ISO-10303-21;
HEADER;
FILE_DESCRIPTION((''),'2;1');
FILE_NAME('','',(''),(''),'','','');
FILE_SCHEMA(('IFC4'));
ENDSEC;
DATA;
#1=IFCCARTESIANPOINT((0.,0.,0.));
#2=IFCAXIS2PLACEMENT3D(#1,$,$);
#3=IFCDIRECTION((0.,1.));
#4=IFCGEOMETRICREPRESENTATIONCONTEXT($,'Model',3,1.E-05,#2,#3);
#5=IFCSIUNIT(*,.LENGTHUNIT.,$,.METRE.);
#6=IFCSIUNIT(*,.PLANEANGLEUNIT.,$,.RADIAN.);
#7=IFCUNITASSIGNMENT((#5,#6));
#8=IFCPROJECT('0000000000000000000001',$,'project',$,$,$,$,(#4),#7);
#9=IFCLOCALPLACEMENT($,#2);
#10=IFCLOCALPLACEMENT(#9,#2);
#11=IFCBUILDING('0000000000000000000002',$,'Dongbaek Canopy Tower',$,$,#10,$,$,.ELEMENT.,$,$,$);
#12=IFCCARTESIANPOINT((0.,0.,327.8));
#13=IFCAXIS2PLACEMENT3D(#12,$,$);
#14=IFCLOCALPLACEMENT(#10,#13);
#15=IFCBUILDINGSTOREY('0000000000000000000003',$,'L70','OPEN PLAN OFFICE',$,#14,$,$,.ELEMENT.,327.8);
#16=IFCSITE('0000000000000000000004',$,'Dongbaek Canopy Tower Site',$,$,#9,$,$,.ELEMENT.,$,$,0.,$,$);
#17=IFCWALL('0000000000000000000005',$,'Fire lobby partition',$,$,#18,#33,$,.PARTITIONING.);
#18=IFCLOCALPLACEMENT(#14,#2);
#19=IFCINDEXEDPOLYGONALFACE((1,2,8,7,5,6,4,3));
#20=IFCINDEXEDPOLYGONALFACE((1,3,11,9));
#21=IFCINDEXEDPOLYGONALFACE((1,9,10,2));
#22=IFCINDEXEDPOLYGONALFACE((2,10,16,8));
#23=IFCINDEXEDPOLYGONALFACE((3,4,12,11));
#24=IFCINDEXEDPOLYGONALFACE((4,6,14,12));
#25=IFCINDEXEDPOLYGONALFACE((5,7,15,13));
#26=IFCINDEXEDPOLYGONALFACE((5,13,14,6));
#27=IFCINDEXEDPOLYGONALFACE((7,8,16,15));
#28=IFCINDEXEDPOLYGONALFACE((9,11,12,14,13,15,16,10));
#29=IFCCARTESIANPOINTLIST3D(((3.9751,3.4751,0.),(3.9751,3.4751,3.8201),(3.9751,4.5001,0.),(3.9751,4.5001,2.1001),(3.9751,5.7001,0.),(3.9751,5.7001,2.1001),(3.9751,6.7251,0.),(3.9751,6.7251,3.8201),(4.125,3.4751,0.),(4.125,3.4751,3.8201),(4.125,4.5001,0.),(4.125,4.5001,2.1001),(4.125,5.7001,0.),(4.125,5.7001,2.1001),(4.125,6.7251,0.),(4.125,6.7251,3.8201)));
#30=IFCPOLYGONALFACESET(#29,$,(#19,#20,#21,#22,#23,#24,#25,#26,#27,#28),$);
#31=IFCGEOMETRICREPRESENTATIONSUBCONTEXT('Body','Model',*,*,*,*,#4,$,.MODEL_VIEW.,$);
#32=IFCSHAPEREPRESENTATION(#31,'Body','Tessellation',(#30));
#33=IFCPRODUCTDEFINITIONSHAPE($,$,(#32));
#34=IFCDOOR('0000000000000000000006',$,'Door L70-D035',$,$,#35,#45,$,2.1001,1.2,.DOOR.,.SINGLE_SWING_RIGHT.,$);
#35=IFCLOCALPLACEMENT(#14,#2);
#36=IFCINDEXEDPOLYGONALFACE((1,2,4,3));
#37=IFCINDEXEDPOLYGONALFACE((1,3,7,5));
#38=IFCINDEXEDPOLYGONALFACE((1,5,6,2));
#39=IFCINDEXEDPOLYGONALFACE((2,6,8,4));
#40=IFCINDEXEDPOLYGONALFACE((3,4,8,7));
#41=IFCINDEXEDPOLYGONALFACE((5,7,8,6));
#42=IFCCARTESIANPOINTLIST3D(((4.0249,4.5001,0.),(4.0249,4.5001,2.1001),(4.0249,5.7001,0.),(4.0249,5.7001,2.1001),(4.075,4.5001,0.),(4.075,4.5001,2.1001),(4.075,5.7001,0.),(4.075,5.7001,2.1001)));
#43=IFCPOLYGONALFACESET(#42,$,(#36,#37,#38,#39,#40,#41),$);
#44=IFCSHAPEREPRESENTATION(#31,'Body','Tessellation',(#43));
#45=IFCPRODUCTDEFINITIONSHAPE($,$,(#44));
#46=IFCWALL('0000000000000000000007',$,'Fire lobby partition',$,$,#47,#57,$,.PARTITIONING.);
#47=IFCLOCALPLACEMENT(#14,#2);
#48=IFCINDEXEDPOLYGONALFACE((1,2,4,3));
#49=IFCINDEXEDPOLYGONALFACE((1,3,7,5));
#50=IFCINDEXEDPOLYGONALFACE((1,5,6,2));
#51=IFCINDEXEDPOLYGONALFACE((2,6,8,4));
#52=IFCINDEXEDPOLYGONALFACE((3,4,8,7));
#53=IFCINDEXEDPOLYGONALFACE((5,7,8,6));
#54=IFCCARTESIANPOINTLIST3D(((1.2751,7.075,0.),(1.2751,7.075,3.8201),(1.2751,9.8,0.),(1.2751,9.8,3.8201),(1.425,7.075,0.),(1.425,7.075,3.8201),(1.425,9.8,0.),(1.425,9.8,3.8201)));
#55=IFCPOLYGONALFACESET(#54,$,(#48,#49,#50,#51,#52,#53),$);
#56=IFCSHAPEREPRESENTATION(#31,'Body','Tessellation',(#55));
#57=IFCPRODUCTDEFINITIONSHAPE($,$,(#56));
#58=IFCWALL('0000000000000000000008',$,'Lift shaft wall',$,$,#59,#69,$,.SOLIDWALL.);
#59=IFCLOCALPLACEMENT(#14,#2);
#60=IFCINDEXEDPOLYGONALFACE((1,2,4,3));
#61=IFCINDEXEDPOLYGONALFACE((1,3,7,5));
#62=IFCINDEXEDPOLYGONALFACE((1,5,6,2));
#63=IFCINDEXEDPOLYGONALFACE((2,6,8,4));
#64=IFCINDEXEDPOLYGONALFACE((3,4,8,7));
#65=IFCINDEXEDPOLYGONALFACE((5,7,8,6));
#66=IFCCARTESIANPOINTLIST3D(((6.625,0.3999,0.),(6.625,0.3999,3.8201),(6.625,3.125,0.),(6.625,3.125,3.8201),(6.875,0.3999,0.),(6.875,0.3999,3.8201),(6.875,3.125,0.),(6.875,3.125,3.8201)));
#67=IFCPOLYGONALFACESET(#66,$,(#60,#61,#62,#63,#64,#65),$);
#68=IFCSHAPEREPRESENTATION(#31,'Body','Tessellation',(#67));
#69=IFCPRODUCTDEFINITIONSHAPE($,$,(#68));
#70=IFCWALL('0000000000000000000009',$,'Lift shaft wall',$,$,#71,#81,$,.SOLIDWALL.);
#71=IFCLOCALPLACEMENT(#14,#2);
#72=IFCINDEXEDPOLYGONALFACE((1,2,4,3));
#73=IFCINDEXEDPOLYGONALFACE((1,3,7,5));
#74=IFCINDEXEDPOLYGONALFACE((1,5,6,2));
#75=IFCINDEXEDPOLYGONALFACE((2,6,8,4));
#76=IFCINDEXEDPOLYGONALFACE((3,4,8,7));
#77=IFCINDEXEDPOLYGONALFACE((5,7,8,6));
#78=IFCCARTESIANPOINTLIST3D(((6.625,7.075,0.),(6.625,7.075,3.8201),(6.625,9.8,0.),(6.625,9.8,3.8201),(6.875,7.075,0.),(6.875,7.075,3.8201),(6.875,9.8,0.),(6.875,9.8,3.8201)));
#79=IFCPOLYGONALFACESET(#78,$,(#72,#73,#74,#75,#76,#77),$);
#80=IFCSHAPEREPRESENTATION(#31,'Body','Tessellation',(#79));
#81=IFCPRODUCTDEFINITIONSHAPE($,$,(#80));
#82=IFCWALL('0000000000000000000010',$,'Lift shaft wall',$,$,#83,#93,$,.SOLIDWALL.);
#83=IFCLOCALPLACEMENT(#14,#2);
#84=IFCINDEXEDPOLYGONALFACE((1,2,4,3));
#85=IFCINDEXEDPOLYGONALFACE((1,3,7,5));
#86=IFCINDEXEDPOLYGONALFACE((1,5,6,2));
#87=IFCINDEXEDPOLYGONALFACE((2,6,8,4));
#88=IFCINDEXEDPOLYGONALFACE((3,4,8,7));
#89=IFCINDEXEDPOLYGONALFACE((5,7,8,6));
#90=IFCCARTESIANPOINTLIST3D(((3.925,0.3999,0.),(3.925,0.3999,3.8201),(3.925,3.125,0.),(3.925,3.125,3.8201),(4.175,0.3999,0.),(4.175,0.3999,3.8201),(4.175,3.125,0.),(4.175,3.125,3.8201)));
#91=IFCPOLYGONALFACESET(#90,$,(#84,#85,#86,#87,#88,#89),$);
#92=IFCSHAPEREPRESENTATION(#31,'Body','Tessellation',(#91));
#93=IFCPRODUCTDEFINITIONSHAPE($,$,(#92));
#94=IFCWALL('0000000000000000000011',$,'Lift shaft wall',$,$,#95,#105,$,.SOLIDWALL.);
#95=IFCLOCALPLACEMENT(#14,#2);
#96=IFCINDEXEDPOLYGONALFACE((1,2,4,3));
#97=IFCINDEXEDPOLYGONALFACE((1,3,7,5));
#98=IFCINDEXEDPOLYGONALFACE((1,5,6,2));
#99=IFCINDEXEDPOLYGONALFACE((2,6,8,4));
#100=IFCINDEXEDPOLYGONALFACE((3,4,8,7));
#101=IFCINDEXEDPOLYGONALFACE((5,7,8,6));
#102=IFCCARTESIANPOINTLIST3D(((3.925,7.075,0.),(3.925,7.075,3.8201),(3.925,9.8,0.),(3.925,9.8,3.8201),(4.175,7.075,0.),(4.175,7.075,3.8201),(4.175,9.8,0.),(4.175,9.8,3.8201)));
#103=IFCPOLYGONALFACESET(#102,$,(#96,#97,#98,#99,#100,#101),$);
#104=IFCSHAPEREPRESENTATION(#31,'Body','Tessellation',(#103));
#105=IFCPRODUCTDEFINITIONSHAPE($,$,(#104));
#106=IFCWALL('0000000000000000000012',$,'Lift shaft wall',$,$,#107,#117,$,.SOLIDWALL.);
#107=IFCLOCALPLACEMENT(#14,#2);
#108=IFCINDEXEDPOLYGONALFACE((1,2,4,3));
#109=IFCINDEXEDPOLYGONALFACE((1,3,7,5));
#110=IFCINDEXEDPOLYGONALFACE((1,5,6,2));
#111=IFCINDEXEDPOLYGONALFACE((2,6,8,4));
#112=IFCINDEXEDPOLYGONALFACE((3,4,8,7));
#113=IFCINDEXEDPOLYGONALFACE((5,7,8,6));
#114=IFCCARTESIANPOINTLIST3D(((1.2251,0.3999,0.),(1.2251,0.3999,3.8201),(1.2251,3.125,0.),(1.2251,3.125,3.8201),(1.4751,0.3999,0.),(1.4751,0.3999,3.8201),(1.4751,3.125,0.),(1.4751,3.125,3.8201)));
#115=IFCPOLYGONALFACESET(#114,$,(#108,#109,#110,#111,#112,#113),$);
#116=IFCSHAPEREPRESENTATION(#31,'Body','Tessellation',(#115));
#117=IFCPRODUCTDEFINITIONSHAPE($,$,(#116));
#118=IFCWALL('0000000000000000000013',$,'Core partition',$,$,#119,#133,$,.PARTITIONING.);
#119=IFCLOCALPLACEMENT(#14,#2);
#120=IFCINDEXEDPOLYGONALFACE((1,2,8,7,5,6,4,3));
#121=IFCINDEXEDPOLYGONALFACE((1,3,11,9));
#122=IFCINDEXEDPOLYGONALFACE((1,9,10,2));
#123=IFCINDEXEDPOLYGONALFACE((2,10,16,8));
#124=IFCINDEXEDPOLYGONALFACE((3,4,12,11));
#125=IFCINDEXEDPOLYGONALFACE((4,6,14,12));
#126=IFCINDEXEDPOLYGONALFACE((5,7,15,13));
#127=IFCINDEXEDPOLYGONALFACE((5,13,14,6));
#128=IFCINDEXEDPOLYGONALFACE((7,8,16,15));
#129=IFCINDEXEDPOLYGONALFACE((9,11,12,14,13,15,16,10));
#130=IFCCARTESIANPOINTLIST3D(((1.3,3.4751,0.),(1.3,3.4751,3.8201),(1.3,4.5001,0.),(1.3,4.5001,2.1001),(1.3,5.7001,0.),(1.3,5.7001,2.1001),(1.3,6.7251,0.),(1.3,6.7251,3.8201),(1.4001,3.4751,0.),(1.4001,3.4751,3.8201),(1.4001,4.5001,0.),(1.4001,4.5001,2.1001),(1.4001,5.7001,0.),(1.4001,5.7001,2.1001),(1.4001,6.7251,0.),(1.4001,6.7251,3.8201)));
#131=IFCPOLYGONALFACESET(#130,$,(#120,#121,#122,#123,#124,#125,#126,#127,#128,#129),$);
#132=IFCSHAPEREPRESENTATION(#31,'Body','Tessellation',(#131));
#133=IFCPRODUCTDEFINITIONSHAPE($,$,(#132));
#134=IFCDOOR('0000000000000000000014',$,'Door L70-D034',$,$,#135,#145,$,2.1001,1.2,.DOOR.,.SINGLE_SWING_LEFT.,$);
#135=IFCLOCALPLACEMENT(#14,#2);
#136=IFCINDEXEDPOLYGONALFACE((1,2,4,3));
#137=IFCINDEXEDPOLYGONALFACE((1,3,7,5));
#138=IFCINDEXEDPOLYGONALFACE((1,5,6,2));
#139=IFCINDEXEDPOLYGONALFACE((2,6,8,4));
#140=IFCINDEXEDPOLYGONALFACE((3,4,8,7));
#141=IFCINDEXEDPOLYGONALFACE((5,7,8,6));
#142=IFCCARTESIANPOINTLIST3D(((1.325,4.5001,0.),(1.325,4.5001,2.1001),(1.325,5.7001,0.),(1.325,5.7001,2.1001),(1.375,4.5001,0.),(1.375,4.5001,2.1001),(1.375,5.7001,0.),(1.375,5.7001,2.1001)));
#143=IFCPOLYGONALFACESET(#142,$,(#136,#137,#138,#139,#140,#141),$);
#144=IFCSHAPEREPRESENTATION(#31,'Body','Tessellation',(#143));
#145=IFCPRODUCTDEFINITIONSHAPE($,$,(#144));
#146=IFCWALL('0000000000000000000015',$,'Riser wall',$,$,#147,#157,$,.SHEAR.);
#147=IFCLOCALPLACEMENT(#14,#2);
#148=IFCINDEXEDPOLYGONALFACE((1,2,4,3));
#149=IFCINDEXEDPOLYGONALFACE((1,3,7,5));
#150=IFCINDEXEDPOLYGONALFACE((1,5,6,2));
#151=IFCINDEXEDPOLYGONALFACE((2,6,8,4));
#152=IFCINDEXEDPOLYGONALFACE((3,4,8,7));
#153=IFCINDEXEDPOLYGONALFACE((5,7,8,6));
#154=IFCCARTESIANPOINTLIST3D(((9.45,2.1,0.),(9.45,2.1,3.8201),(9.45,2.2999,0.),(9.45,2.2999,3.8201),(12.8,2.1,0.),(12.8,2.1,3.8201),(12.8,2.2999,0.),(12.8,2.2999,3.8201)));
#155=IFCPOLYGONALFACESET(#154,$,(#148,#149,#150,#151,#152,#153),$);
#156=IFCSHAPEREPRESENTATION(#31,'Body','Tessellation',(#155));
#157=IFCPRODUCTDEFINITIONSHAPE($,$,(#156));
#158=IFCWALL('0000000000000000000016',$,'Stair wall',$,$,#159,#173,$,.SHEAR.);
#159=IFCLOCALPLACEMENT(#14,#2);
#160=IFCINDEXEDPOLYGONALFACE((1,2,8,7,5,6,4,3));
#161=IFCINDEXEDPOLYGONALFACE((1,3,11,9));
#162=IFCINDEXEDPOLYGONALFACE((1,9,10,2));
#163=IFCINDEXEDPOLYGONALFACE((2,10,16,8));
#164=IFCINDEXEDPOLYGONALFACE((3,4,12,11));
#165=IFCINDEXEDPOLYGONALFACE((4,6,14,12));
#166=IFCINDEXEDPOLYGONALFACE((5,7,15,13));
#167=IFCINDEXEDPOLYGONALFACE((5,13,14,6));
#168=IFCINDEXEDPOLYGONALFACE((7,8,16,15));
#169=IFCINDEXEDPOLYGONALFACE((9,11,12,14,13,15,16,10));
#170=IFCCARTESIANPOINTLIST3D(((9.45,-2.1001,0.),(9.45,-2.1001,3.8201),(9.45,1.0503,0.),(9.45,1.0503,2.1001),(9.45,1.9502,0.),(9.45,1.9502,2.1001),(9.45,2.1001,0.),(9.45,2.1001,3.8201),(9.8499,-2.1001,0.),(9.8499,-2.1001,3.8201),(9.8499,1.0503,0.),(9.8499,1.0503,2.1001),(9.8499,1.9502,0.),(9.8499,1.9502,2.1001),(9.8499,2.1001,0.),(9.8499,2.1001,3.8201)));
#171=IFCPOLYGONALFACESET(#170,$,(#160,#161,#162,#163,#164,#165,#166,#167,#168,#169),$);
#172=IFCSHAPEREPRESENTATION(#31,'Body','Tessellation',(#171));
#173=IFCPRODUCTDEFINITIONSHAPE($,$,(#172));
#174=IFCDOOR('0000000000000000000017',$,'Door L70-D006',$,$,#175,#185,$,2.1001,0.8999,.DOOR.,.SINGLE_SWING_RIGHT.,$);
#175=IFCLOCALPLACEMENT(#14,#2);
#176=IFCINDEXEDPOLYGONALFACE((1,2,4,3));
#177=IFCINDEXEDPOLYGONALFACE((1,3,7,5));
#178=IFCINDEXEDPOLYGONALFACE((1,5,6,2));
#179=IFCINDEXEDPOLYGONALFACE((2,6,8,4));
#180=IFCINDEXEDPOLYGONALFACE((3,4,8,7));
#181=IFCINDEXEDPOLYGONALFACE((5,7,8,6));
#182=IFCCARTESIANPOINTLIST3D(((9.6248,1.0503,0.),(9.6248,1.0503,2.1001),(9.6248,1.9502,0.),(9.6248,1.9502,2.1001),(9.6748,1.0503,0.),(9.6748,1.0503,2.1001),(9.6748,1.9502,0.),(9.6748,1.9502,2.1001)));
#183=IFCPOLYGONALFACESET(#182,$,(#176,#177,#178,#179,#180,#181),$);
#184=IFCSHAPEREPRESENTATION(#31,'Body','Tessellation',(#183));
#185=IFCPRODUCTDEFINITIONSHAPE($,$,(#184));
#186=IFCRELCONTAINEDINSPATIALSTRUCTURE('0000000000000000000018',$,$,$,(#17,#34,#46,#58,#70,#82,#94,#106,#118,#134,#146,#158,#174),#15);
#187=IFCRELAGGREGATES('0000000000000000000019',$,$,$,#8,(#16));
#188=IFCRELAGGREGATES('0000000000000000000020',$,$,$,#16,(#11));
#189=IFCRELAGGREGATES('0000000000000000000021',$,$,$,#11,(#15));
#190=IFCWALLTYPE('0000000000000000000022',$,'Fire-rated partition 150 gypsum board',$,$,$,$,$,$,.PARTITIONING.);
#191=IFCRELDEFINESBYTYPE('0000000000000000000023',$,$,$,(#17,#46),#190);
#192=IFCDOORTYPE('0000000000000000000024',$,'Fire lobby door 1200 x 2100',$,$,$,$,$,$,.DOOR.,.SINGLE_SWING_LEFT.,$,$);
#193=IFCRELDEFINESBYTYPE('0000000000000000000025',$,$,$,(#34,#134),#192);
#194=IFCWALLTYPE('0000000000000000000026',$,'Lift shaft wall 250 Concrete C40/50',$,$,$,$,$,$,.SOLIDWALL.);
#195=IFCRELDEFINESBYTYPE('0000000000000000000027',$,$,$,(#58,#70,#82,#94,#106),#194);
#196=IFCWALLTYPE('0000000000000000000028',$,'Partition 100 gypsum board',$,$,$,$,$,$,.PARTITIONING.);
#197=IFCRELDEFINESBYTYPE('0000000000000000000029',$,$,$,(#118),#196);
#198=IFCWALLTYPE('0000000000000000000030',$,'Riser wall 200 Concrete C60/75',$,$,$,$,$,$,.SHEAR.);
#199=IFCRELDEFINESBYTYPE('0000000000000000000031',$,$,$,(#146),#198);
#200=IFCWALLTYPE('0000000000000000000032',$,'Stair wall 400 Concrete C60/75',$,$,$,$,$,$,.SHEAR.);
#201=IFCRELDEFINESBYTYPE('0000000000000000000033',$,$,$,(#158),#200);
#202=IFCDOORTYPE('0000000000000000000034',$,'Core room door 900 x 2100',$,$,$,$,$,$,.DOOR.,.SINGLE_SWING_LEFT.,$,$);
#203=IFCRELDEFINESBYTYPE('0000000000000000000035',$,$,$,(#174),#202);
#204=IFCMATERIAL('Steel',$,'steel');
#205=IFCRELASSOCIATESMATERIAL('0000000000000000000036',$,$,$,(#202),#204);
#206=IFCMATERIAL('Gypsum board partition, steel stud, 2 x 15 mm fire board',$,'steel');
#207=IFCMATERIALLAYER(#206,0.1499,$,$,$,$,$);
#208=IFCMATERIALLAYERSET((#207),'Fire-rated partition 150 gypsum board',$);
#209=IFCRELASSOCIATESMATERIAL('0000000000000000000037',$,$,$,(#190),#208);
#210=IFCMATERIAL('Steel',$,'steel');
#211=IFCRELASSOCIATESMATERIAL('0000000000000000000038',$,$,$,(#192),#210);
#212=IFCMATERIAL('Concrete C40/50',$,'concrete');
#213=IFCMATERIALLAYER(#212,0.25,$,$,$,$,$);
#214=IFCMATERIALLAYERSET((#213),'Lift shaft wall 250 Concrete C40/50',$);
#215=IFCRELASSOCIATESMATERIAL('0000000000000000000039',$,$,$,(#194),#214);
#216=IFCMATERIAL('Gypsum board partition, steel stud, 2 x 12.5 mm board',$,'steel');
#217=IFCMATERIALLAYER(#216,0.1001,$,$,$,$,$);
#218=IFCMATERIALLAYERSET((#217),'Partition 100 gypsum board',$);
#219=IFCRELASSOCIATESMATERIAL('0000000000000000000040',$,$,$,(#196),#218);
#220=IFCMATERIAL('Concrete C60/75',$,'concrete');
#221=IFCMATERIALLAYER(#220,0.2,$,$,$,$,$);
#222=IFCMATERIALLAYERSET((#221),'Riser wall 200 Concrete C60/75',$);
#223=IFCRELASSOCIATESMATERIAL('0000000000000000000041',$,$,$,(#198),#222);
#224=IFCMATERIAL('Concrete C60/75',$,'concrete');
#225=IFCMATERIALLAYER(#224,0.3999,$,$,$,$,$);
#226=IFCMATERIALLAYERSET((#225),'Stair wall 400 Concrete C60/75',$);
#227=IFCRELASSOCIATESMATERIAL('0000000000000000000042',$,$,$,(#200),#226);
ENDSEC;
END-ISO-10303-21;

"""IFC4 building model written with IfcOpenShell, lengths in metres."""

from ifc_helpers import new_model, si_unit, direction, frame, frame_2d, origin, place, context, subcontext, project, spatial, rectangle, extrude, material, layer, layer_set, type_object, element, fill, save


model = new_model("IFC4")

# Units and contexts
model_context = context("Model", 3, precision=1e-05, world=origin(), true_north=direction((0.0, 1.0)))
body_context = subcontext(model_context, "Body", "Model", "MODEL_VIEW")
ifc_project = project(units=[si_unit("LENGTHUNIT", "METRE"), si_unit("PLANEANGLEUNIT", "RADIAN")], contexts=[model_context])

# Site, building, storey
site_placement = place(None, origin())
site = spatial("IfcSite", under=ifc_project, at=site_placement, Name="Dongbaek Canopy Tower Site", CompositionType="ELEMENT", RefElevation=0.0)
building_placement = place(site_placement, origin())
building = spatial("IfcBuilding", under=site, at=building_placement, Name="Dongbaek Canopy Tower", CompositionType="ELEMENT")
storey_placement = place(building_placement, frame((0.0, 0.0, 327.8)))
storey = spatial("IfcBuildingStorey", under=building, at=storey_placement, Name="L70", Description="OPEN PLAN OFFICE", CompositionType="ELEMENT", Elevation=327.8)

# Shared definitions
ifc_material_1 = material(Name="Steel", Category="steel")
door_type_1 = type_object("IfcDoorType", Name="Core room door 900 x 2100", OperationType="SINGLE_SWING_LEFT", PredefinedType="DOOR", material=ifc_material_1)

# Wall, opening, door
ifc_material_2 = material(Name="Gypsum board partition, steel stud, 2 x 15 mm fire board", Category="steel")
ifc_layer_1 = layer(ifc_material_2, 0.1499)
ifc_layer_set_1 = layer_set([ifc_layer_1], Name="Fire-rated partition 150 gypsum board")
wall_type_1 = type_object("IfcWallType", Name="Fire-rated partition 150 gypsum board", PredefinedType="PARTITIONING", material=ifc_layer_set_1)
wall_1_placement = place(storey_placement, frame((4.05, 6.7251, 0.0), z_axis=(0.0, 0.0, 1.0), x_axis=(0.0, -1.0, 0.0)))
wall_1 = element("IfcWall", 1, at=wall_1_placement, inside=storey, type_object=wall_type_1, Name="Fire lobby partition", PredefinedType="PARTITIONING", context=body_context, shape_type="SweptSolid", body=[
    extrude(rectangle(XDim=3.25, YDim=0.1499, at=frame_2d((1.625, 0.0))), origin(), (0.0, 0.0, 1.0), 3.8201),
])
opening_1_placement = place(wall_1_placement, frame((1.0249, 0.0, 0.0)))
opening_1 = element("IfcOpeningElement", 2, at=opening_1_placement, cuts=wall_1, PredefinedType="OPENING", context=body_context, shape_type="SweptSolid", body=[
    extrude(rectangle(XDim=1.2, YDim=2.1001, at=frame_2d((0.6001, 1.05))), frame((0.0, 0.085, 0.0), z_axis=(0.0, -1.0, 0.0), x_axis=(1.0, 0.0, 0.0)), (0.0, 0.0, 1.0), 0.1699),
])
ifc_material_3 = material(Name="Steel", Category="steel")
door_type_2 = type_object("IfcDoorType", Name="Fire lobby door 1200 x 2100", OperationType="SINGLE_SWING_LEFT", PredefinedType="DOOR", material=ifc_material_3)
door_1_placement = place(opening_1_placement, origin())
door_1 = element("IfcDoor", 3, at=door_1_placement, inside=storey, type_object=door_type_2, Name="Door L70-D035", OperationType="SINGLE_SWING_RIGHT", OverallHeight=2.1001, OverallWidth=1.2, PredefinedType="DOOR", context=body_context, shape_type="SweptSolid", body=[
    extrude(rectangle(XDim=1.2, YDim=2.1001, at=frame_2d((0.6001, 1.05))), frame((0.0, 0.0249, 0.0), z_axis=(0.0, -1.0, 0.0), x_axis=(1.0, 0.0, 0.0)), (0.0, 0.0, 1.0), 0.05),
])
fill(opening_1, door_1)

# Walls
wall_2_placement = place(storey_placement, frame((1.3501, 7.075, 0.0), z_axis=(0.0, 0.0, 1.0), x_axis=(0.0, 1.0, 0.0)))
element("IfcWall", 4, at=wall_2_placement, inside=storey, type_object=wall_type_1, Name="Fire lobby partition", PredefinedType="PARTITIONING", context=body_context, shape_type="SweptSolid", body=[
    extrude(rectangle(XDim=2.7251, YDim=0.1499, at=frame_2d((1.3625, 0.0))), origin(), (0.0, 0.0, 1.0), 3.8201),
])
ifc_material_4 = material(Name="Concrete C40/50", Category="concrete")
ifc_layer_2 = layer(ifc_material_4, 0.25)
ifc_layer_set_2 = layer_set([ifc_layer_2], Name="Lift shaft wall 250 Concrete C40/50")
wall_type_2 = type_object("IfcWallType", Name="Lift shaft wall 250 Concrete C40/50", PredefinedType="SOLIDWALL", material=ifc_layer_set_2)
for number, where, z_axis, x_axis, name in (
    (5, (6.75, 0.3999, 0.0), (0.0, 0.0, 1.0), (0.0, 1.0, 0.0), "Lift shaft wall"),
    (6, (6.75, 7.075, 0.0), (0.0, 0.0, 1.0), (0.0, 1.0, 0.0), "Lift shaft wall"),
    (7, (4.05, 0.3999, 0.0), (0.0, 0.0, 1.0), (0.0, 1.0, 0.0), "Lift shaft wall"),
    (8, (4.05, 7.075, 0.0), (0.0, 0.0, 1.0), (0.0, 1.0, 0.0), "Lift shaft wall"),
    (9, (1.3501, 0.3999, 0.0), (0.0, 0.0, 1.0), (0.0, 1.0, 0.0), "Lift shaft wall"),
):
    element("IfcWall", number, at=place(storey_placement, frame(where, z_axis=z_axis, x_axis=x_axis)), inside=storey, type_object=wall_type_2, Name=name, PredefinedType="SOLIDWALL", context=body_context, shape_type="SweptSolid", body=[
        extrude(rectangle(XDim=2.7251, YDim=0.25, at=frame_2d((1.3625, 0.0))), origin(), (0.0, 0.0, 1.0), 3.8201),
    ])

# Wall, opening, door
ifc_material_5 = material(Name="Gypsum board partition, steel stud, 2 x 12.5 mm board", Category="steel")
ifc_layer_3 = layer(ifc_material_5, 0.1001)
ifc_layer_set_3 = layer_set([ifc_layer_3], Name="Partition 100 gypsum board")
wall_type_3 = type_object("IfcWallType", Name="Partition 100 gypsum board", PredefinedType="PARTITIONING", material=ifc_layer_set_3)
wall_3_placement = place(storey_placement, frame((1.3501, 6.7251, 0.0), z_axis=(0.0, 0.0, 1.0), x_axis=(0.0, -1.0, 0.0)))
wall_3 = element("IfcWall", 10, at=wall_3_placement, inside=storey, type_object=wall_type_3, Name="Core partition", PredefinedType="PARTITIONING", context=body_context, shape_type="SweptSolid", body=[
    extrude(rectangle(XDim=3.25, YDim=0.1001, at=frame_2d((1.625, 0.0))), origin(), (0.0, 0.0, 1.0), 3.8201),
])
opening_2_placement = place(wall_3_placement, frame((1.0249, 0.0, 0.0)))
opening_2 = element("IfcOpeningElement", 11, at=opening_2_placement, cuts=wall_3, PredefinedType="OPENING", context=body_context, shape_type="SweptSolid", body=[
    extrude(rectangle(XDim=1.2, YDim=2.1001, at=frame_2d((0.6001, 1.05))), frame((0.0, 0.0601, 0.0), z_axis=(0.0, -1.0, 0.0), x_axis=(1.0, 0.0, 0.0)), (0.0, 0.0, 1.0), 0.1201),
])
door_2_placement = place(opening_2_placement, origin())
door_2 = element("IfcDoor", 12, at=door_2_placement, inside=storey, type_object=door_type_2, Name="Door L70-D034", OperationType="SINGLE_SWING_LEFT", OverallHeight=2.1001, OverallWidth=1.2, PredefinedType="DOOR", context=body_context, shape_type="SweptSolid", body=[
    extrude(rectangle(XDim=1.2, YDim=2.1001, at=frame_2d((0.6001, 1.05))), frame((0.0, 0.0249, 0.0), z_axis=(0.0, -1.0, 0.0), x_axis=(1.0, 0.0, 0.0)), (0.0, 0.0, 1.0), 0.05),
])
fill(opening_2, door_2)

# Wall
ifc_material_6 = material(Name="Concrete C60/75", Category="concrete")
ifc_layer_4 = layer(ifc_material_6, 0.2)
ifc_layer_set_4 = layer_set([ifc_layer_4], Name="Riser wall 200 Concrete C60/75")
wall_type_4 = type_object("IfcWallType", Name="Riser wall 200 Concrete C60/75", PredefinedType="SHEAR", material=ifc_layer_set_4)
wall_4_placement = place(storey_placement, frame((9.45, 2.2, 0.0), z_axis=(0.0, 0.0, 1.0), x_axis=(1.0, 0.0, 0.0)))
element("IfcWall", 13, at=wall_4_placement, inside=storey, type_object=wall_type_4, Name="Riser wall", PredefinedType="SHEAR", context=body_context, shape_type="SweptSolid", body=[
    extrude(rectangle(XDim=3.3501, YDim=0.2, at=frame_2d((1.675, 0.0))), origin(), (0.0, 0.0, 1.0), 3.8201),
])

# Wall, opening, door
ifc_material_7 = material(Name="Concrete C60/75", Category="concrete")
ifc_layer_5 = layer(ifc_material_7, 0.3999)
ifc_layer_set_5 = layer_set([ifc_layer_5], Name="Stair wall 400 Concrete C60/75")
wall_type_5 = type_object("IfcWallType", Name="Stair wall 400 Concrete C60/75", PredefinedType="SHEAR", material=ifc_layer_set_5)
wall_5_placement = place(storey_placement, frame((9.6499, 2.1001, 0.0), z_axis=(0.0, 0.0, 1.0), x_axis=(0.0, -1.0, 0.0)))
wall_5 = element("IfcWall", 14, at=wall_5_placement, inside=storey, type_object=wall_type_5, Name="Stair wall", PredefinedType="SHEAR", context=body_context, shape_type="SweptSolid", body=[
    extrude(rectangle(XDim=4.2002, YDim=0.3999, at=frame_2d((2.1001, 0.0))), origin(), (0.0, 0.0, 1.0), 3.8201),
])
opening_3_placement = place(wall_5_placement, frame((0.1499, 0.0, 0.0)))
opening_3 = element("IfcOpeningElement", 15, at=opening_3_placement, cuts=wall_5, PredefinedType="OPENING", context=body_context, shape_type="SweptSolid", body=[
    extrude(rectangle(XDim=0.8999, YDim=2.1001, at=frame_2d((0.45, 1.05))), frame((0.0, 0.21, 0.0), z_axis=(0.0, -1.0, 0.0), x_axis=(1.0, 0.0, 0.0)), (0.0, 0.0, 1.0), 0.4199),
])
door_3_placement = place(opening_3_placement, origin())
door_3 = element("IfcDoor", 16, at=door_3_placement, inside=storey, type_object=door_type_1, Name="Door L70-D006", OperationType="SINGLE_SWING_RIGHT", OverallHeight=2.1001, OverallWidth=0.8999, PredefinedType="DOOR", context=body_context, shape_type="SweptSolid", body=[
    extrude(rectangle(XDim=0.8999, YDim=2.1001, at=frame_2d((0.45, 1.05))), frame((0.0, 0.0249, 0.0), z_axis=(0.0, -1.0, 0.0), x_axis=(1.0, 0.0, 0.0)), (0.0, 0.0, 1.0), 0.05),
])
fill(opening_3, door_3)

save(model, "model.ifc")
